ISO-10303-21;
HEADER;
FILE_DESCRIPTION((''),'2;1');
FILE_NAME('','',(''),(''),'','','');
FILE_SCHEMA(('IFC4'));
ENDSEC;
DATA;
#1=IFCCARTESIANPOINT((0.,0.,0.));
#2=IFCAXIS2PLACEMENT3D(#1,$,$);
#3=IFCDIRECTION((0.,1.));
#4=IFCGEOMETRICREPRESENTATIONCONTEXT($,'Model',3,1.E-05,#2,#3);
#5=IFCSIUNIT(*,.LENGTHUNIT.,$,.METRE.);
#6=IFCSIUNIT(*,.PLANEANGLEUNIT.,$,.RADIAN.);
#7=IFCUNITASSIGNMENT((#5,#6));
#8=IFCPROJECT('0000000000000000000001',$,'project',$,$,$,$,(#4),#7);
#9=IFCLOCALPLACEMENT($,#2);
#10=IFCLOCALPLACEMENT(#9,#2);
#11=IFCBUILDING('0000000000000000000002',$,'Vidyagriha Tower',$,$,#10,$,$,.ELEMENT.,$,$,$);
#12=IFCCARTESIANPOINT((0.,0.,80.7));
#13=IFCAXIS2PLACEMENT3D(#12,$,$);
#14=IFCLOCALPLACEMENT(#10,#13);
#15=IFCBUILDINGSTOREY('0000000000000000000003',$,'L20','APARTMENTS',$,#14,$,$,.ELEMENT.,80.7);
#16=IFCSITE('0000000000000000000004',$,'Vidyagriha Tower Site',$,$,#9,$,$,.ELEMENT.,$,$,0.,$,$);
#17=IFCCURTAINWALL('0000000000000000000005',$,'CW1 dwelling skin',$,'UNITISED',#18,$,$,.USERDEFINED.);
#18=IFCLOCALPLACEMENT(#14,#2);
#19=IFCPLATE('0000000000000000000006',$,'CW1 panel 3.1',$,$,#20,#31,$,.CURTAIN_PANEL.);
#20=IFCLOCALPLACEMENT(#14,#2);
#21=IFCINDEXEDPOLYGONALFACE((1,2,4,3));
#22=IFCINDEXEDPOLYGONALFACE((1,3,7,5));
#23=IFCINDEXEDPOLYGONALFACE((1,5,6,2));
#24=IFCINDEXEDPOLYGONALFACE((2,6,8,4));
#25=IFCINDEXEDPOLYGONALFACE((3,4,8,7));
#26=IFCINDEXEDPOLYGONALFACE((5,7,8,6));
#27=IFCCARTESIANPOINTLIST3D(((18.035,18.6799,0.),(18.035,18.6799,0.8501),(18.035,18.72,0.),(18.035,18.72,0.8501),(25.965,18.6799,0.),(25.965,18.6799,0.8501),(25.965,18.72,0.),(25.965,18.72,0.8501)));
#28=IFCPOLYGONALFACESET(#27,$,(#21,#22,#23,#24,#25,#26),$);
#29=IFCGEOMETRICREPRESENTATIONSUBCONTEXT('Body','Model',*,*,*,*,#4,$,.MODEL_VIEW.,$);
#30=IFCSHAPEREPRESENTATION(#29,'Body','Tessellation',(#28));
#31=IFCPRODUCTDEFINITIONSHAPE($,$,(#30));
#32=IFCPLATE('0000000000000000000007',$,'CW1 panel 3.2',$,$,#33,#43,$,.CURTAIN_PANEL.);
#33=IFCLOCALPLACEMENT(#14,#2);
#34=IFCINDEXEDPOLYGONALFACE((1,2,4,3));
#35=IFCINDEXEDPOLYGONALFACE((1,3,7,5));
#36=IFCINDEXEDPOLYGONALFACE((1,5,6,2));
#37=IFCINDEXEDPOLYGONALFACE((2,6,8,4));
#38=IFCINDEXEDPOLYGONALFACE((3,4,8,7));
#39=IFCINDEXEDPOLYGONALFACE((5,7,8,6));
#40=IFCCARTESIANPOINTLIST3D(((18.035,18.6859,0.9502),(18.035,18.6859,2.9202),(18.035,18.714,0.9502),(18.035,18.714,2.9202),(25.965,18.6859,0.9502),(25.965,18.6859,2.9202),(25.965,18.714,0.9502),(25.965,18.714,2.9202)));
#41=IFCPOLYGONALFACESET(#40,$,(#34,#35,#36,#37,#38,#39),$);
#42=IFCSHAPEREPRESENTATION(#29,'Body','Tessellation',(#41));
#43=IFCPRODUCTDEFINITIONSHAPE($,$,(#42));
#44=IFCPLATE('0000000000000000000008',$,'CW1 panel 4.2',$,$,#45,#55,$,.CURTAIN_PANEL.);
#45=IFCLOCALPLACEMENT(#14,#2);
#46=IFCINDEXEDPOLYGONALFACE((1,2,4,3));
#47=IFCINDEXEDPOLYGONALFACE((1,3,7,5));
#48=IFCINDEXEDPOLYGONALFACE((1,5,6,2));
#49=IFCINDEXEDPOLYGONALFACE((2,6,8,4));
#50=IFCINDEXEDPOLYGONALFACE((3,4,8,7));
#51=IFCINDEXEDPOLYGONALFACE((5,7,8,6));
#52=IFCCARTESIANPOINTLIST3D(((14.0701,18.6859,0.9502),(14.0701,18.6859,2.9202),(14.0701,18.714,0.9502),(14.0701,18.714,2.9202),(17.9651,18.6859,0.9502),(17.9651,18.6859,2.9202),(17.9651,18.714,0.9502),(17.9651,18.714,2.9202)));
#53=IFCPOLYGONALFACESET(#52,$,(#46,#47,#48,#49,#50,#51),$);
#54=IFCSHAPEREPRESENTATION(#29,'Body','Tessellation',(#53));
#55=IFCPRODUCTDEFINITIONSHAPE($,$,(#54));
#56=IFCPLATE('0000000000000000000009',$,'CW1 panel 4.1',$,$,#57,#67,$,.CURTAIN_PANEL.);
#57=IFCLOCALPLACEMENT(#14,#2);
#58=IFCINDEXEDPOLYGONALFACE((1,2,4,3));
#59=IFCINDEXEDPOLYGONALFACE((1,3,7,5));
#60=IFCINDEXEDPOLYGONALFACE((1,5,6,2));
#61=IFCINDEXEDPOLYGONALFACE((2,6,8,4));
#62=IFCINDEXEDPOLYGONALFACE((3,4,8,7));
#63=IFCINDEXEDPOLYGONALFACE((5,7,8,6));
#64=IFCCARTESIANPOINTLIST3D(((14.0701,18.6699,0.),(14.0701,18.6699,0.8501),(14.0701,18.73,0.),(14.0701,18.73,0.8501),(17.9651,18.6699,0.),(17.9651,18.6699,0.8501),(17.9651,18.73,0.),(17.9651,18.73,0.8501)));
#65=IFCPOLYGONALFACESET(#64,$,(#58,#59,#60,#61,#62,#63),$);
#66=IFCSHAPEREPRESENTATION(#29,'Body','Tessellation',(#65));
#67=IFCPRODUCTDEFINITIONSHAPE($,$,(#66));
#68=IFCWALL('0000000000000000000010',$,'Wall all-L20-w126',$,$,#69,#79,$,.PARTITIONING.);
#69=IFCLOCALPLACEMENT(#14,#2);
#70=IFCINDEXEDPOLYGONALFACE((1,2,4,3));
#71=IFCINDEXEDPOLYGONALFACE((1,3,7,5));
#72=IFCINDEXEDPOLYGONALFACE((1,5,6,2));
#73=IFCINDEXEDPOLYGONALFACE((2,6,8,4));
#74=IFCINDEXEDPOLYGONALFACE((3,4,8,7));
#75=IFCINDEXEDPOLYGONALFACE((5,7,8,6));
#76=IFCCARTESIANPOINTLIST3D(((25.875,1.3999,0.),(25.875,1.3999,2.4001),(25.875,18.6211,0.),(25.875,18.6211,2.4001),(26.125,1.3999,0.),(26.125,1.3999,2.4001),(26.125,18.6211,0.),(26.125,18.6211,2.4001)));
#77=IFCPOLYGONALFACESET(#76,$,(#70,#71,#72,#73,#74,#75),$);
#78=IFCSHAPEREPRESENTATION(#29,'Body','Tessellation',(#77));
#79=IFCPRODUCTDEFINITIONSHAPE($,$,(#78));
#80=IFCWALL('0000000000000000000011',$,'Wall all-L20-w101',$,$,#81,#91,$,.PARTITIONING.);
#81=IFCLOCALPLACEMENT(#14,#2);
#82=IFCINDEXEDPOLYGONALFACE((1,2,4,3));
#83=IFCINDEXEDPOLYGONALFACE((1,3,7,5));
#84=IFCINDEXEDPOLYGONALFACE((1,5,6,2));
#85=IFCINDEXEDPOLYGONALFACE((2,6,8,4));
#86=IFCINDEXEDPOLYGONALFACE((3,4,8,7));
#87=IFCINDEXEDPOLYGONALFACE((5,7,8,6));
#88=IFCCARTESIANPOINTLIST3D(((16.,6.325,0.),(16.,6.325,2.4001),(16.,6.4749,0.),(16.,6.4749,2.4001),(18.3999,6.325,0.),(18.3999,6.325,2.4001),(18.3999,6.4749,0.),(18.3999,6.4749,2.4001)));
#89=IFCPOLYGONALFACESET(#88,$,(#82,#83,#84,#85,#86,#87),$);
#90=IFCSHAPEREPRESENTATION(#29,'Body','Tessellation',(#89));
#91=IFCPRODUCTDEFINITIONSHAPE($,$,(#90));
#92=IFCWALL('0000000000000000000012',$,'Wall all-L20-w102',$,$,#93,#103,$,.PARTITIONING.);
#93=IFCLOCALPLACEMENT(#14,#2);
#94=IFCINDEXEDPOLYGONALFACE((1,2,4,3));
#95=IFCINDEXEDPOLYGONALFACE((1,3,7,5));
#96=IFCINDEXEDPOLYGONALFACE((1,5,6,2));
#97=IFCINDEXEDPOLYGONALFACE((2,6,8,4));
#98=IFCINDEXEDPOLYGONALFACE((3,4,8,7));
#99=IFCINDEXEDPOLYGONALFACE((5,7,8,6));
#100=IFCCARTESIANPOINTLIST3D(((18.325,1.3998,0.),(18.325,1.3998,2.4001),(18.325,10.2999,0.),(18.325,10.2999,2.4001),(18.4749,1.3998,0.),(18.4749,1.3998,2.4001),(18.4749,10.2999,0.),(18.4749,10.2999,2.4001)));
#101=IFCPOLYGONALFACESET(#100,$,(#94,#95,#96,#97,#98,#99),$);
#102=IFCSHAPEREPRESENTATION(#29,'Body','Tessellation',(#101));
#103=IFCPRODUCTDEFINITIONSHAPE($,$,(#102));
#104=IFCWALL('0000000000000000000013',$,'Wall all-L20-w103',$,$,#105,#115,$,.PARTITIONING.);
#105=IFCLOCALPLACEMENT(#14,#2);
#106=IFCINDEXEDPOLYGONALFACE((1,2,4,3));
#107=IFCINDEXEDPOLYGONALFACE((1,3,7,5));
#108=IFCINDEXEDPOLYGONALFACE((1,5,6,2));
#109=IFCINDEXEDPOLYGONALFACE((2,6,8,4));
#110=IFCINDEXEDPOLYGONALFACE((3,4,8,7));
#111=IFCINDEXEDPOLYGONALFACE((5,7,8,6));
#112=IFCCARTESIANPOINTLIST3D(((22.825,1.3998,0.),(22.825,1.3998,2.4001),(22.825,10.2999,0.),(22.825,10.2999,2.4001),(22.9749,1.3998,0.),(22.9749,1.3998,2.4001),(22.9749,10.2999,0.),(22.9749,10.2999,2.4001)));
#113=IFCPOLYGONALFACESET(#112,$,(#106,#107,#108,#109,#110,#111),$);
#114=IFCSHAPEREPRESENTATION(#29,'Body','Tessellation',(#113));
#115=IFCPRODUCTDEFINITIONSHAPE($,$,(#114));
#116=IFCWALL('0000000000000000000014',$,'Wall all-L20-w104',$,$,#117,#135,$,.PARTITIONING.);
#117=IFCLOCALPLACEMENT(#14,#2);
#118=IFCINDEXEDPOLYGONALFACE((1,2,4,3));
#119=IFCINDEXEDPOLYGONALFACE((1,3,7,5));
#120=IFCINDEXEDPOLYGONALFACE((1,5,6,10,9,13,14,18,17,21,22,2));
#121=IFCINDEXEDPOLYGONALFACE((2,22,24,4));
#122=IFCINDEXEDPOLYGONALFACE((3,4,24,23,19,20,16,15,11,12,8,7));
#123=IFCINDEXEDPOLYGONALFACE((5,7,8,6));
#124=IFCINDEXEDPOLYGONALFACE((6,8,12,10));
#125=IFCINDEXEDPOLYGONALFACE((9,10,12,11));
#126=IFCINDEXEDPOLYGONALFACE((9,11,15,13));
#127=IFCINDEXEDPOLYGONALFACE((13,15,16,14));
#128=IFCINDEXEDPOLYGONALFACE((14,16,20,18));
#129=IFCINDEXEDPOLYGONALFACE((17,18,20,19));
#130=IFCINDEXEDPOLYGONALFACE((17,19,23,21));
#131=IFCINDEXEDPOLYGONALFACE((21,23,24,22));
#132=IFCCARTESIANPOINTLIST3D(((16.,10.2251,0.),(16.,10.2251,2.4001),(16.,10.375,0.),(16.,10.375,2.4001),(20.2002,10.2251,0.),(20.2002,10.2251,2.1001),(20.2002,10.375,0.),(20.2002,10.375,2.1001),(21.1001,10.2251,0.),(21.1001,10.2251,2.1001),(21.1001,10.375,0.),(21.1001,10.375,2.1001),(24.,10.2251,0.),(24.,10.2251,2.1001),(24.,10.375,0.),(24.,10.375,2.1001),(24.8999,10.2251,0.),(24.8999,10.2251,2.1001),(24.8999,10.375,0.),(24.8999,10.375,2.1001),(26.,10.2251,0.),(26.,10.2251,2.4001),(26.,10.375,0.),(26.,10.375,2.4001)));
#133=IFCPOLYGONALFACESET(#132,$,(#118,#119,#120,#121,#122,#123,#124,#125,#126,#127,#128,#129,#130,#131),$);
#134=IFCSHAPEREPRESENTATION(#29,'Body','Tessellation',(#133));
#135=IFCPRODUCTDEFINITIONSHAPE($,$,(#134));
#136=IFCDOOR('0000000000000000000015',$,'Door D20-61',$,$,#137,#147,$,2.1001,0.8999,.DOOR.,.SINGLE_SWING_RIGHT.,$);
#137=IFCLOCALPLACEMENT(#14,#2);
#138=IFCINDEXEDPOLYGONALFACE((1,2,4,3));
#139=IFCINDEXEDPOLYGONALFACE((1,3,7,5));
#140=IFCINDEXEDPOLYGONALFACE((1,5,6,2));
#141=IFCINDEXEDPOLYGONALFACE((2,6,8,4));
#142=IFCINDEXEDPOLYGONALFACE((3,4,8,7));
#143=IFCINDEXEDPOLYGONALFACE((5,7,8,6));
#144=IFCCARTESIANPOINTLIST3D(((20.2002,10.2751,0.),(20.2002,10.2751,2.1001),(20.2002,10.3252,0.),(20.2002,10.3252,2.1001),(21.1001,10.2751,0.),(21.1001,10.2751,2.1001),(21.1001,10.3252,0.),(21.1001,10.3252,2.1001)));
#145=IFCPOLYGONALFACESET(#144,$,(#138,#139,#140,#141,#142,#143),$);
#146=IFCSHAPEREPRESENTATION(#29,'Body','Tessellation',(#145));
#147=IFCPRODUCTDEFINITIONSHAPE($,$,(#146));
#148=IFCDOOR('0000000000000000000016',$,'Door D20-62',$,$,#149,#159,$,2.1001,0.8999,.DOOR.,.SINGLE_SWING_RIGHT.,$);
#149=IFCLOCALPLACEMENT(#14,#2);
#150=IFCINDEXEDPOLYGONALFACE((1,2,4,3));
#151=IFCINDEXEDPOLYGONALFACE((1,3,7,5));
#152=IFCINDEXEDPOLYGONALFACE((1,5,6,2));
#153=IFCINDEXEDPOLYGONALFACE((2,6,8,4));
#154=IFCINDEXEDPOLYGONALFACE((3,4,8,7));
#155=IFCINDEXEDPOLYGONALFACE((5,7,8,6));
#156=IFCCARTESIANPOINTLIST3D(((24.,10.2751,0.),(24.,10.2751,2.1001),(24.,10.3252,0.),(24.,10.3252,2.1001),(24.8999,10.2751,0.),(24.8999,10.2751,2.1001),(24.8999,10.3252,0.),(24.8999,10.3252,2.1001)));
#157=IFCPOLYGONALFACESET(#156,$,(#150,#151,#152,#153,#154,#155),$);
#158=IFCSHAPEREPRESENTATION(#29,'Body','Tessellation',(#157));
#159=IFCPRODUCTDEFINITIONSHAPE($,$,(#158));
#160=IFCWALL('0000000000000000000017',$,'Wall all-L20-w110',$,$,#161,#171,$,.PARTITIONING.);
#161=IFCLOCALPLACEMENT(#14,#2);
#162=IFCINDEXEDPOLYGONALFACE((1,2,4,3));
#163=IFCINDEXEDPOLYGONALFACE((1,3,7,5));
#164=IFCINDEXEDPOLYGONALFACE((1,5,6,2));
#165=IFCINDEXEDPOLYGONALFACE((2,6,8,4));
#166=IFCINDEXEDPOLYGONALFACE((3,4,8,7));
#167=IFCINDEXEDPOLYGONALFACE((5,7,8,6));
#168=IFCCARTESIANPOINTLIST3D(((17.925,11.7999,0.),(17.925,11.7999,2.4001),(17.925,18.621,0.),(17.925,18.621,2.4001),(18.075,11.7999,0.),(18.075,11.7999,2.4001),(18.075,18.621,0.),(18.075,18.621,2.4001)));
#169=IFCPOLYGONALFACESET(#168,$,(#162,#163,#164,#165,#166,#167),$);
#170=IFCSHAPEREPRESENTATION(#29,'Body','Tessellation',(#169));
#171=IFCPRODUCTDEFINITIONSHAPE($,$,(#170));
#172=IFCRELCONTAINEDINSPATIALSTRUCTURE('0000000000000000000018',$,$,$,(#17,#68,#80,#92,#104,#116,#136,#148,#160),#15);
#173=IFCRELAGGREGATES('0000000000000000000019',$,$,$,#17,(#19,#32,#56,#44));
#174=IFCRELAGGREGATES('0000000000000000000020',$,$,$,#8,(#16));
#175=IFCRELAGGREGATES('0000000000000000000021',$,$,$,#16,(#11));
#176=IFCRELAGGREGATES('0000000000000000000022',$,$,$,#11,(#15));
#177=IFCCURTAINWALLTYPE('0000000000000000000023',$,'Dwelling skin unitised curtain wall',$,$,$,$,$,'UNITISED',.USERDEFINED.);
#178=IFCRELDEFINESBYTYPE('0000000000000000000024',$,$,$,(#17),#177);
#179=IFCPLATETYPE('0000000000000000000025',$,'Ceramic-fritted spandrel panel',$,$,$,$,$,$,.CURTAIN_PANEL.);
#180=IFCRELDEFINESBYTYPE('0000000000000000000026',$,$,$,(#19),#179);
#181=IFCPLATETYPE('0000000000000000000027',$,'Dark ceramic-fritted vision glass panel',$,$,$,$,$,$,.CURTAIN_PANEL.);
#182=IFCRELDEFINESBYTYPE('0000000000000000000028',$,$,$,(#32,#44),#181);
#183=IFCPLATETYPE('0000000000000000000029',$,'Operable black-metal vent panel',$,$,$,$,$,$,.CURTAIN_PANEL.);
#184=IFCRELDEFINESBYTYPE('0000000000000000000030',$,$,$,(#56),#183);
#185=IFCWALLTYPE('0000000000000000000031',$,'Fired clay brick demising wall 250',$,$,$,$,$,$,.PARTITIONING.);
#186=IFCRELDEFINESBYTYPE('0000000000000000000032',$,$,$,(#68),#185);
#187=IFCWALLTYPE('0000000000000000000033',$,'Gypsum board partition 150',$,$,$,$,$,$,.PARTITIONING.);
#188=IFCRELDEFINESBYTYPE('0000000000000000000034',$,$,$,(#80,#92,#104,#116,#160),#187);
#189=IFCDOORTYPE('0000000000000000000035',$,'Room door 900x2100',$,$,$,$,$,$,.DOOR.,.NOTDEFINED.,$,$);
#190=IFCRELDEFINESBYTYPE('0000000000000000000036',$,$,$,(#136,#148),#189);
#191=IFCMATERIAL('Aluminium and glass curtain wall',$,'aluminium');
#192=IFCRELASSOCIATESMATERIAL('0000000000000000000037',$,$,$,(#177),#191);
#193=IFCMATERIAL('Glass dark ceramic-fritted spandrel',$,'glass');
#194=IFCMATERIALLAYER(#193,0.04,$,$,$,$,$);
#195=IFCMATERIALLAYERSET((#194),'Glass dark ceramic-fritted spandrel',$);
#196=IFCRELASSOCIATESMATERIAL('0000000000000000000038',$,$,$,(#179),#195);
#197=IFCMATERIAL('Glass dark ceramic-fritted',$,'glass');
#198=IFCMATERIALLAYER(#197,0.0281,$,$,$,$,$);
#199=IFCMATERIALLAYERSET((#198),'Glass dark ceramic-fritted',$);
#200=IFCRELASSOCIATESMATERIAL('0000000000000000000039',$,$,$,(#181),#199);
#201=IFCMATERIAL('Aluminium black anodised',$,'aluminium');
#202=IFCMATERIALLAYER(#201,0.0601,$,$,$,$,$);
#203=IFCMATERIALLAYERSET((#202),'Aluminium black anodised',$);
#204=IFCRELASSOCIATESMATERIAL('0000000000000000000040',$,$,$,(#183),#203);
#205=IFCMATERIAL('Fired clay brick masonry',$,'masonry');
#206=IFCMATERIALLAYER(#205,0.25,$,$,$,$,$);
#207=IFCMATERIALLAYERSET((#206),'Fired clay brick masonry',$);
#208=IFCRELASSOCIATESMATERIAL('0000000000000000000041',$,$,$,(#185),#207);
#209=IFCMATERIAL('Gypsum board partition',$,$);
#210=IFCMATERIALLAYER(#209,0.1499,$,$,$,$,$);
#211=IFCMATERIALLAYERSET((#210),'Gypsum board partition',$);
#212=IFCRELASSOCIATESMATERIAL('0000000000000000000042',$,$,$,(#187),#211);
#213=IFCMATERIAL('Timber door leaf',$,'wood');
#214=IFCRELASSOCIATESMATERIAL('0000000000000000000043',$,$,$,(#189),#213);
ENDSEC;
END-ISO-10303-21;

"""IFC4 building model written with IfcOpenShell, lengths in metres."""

from ifc_helpers import new_model, si_unit, direction, frame, frame_2d, origin, origin_2d, place, context, subcontext, project, spatial, rectangle, extrude, material, layer, layer_set, type_object, element, fill, aggregate, save


model = new_model("IFC4")

# Units and contexts
model_context = context("Model", 3, precision=1e-05, world=origin(), true_north=direction((0.0, 1.0)))
body_context = subcontext(model_context, "Body", "Model", "MODEL_VIEW")
ifc_project = project(units=[si_unit("LENGTHUNIT", "METRE"), si_unit("PLANEANGLEUNIT", "RADIAN")], contexts=[model_context])

# Site, building, storey
site_placement = place(None, origin())
site = spatial("IfcSite", under=ifc_project, at=site_placement, Name="Vidyagriha Tower Site", CompositionType="ELEMENT", RefElevation=0.0)
building_placement = place(site_placement, origin())
building = spatial("IfcBuilding", under=site, at=building_placement, Name="Vidyagriha Tower", CompositionType="ELEMENT")
storey_placement = place(building_placement, frame((0.0, 0.0, 80.7)))
storey = spatial("IfcBuildingStorey", under=building, at=storey_placement, Name="L20", Description="APARTMENTS", CompositionType="ELEMENT", Elevation=80.7)

# Curtain wall, plates
ifc_material_1 = material(Name="Aluminium and glass curtain wall", Category="aluminium")
curtain_wall_type = type_object("IfcCurtainWallType", Name="Dwelling skin unitised curtain wall", ElementType="UNITISED", PredefinedType="USERDEFINED", material=ifc_material_1)
curtain_wall_placement = place(storey_placement, origin())
curtain_wall = element("IfcCurtainWall", 1, at=curtain_wall_placement, inside=storey, type_object=curtain_wall_type, Name="CW1 dwelling skin", ObjectType="UNITISED", PredefinedType="USERDEFINED")
ifc_material_2 = material(Name="Glass dark ceramic-fritted spandrel", Category="glass")
ifc_layer_1 = layer(ifc_material_2, 0.04)
ifc_layer_set_1 = layer_set([ifc_layer_1], Name="Glass dark ceramic-fritted spandrel")
plate_type_1 = type_object("IfcPlateType", Name="Ceramic-fritted spandrel panel", PredefinedType="CURTAIN_PANEL", material=ifc_layer_set_1)
plate_1_placement = place(storey_placement, frame((22.0, 18.7, 0.0), z_axis=(0.0, 0.0, 1.0), x_axis=(-1.0, 0.0, 0.0)))
plate_1 = element("IfcPlate", 2, at=plate_1_placement, type_object=plate_type_1, Name="CW1 panel 3.1", PredefinedType="CURTAIN_PANEL", context=body_context, shape_type="SweptSolid", body=[
    extrude(rectangle(XDim=7.9299, YDim=0.04, at=origin_2d()), origin(), (0.0, 0.0, 1.0), 0.8501),
])
ifc_material_3 = material(Name="Glass dark ceramic-fritted", Category="glass")
ifc_layer_2 = layer(ifc_material_3, 0.0281)
ifc_layer_set_2 = layer_set([ifc_layer_2], Name="Glass dark ceramic-fritted")
plate_type_2 = type_object("IfcPlateType", Name="Dark ceramic-fritted vision glass panel", PredefinedType="CURTAIN_PANEL", material=ifc_layer_set_2)
plate_2_placement = place(storey_placement, frame((22.0, 18.7, 0.9502), z_axis=(0.0, 0.0, 1.0), x_axis=(-1.0, 0.0, 0.0)))
plate_2 = element("IfcPlate", 3, at=plate_2_placement, type_object=plate_type_2, Name="CW1 panel 3.2", PredefinedType="CURTAIN_PANEL", context=body_context, shape_type="SweptSolid", body=[
    extrude(rectangle(XDim=7.9299, YDim=0.0281, at=origin_2d()), origin(), (0.0, 0.0, 1.0), 1.97),
])
plate_3_placement = place(storey_placement, frame((16.0176, 18.7, 0.9502), z_axis=(0.0, 0.0, 1.0), x_axis=(-1.0, 0.0, 0.0)))
plate_3 = element("IfcPlate", 4, at=plate_3_placement, type_object=plate_type_2, Name="CW1 panel 4.2", PredefinedType="CURTAIN_PANEL", context=body_context, shape_type="SweptSolid", body=[
    extrude(rectangle(XDim=3.895, YDim=0.0281, at=origin_2d()), origin(), (0.0, 0.0, 1.0), 1.97),
])
ifc_material_4 = material(Name="Aluminium black anodised", Category="aluminium")
ifc_layer_3 = layer(ifc_material_4, 0.0601)
ifc_layer_set_3 = layer_set([ifc_layer_3], Name="Aluminium black anodised")
plate_type_3 = type_object("IfcPlateType", Name="Operable black-metal vent panel", PredefinedType="CURTAIN_PANEL", material=ifc_layer_set_3)
plate_4_placement = place(storey_placement, frame((16.0176, 18.7, 0.0), z_axis=(0.0, 0.0, 1.0), x_axis=(-1.0, 0.0, 0.0)))
plate_4 = element("IfcPlate", 5, at=plate_4_placement, type_object=plate_type_3, Name="CW1 panel 4.1", PredefinedType="CURTAIN_PANEL", context=body_context, shape_type="SweptSolid", body=[
    extrude(rectangle(XDim=3.895, YDim=0.0601, at=origin_2d()), origin(), (0.0, 0.0, 1.0), 0.8501),
])
aggregate(curtain_wall, [plate_1, plate_2, plate_4, plate_3])

# Walls
ifc_material_5 = material(Name="Fired clay brick masonry", Category="masonry")
ifc_layer_4 = layer(ifc_material_5, 0.25)
ifc_layer_set_4 = layer_set([ifc_layer_4], Name="Fired clay brick masonry")
wall_type_1 = type_object("IfcWallType", Name="Fired clay brick demising wall 250", PredefinedType="PARTITIONING", material=ifc_layer_set_4)
wall_1_placement = place(storey_placement, frame((26.0, 18.6211, 0.0), z_axis=(0.0, 0.0, 1.0), x_axis=(0.0, -1.0, 0.0)))
element("IfcWall", 6, at=wall_1_placement, inside=storey, type_object=wall_type_1, Name="Wall all-L20-w126", PredefinedType="PARTITIONING", context=body_context, shape_type="SweptSolid", body=[
    extrude(rectangle(XDim=17.2212, YDim=0.25, at=frame_2d((8.6106, 0.0))), origin(), (0.0, 0.0, 1.0), 2.4001),
])
ifc_material_6 = material(Name="Gypsum board partition")
ifc_layer_5 = layer(ifc_material_6, 0.1499)
ifc_layer_set_5 = layer_set([ifc_layer_5], Name="Gypsum board partition")
wall_type_2 = type_object("IfcWallType", Name="Gypsum board partition 150", PredefinedType="PARTITIONING", material=ifc_layer_set_5)
wall_2_placement = place(storey_placement, frame((16.0, 6.3999, 0.0)))
element("IfcWall", 7, at=wall_2_placement, inside=storey, type_object=wall_type_2, Name="Wall all-L20-w101", PredefinedType="PARTITIONING", context=body_context, shape_type="SweptSolid", body=[
    extrude(rectangle(XDim=2.3999, YDim=0.1499, at=frame_2d((1.2, 0.0))), origin(), (0.0, 0.0, 1.0), 2.4001),
])
for number, where, z_axis, x_axis, name in (
    (8, (18.3999, 10.3, 0.0), (0.0, 0.0, 1.0), (0.0, -1.0, 0.0), "Wall all-L20-w102"),
    (9, (22.8999, 10.3, 0.0), (0.0, 0.0, 1.0), (0.0, -1.0, 0.0), "Wall all-L20-w103"),
):
    element("IfcWall", number, at=place(storey_placement, frame(where, z_axis=z_axis, x_axis=x_axis)), inside=storey, type_object=wall_type_2, Name=name, PredefinedType="PARTITIONING", context=body_context, shape_type="SweptSolid", body=[
        extrude(rectangle(XDim=8.9001, YDim=0.1499, at=frame_2d((4.4502, 0.0))), origin(), (0.0, 0.0, 1.0), 2.4001),
    ])

# Wall, openings, doors
wall_3_placement = place(storey_placement, frame((26.0, 10.3, 0.0), z_axis=(0.0, 0.0, 1.0), x_axis=(-1.0, 0.0, 0.0)))
wall_3 = element("IfcWall", 10, at=wall_3_placement, inside=storey, type_object=wall_type_2, Name="Wall all-L20-w104", PredefinedType="PARTITIONING", context=body_context, shape_type="SweptSolid", body=[
    extrude(rectangle(XDim=10.0, YDim=0.1499, at=frame_2d((5.0, 0.0))), origin(), (0.0, 0.0, 1.0), 2.4001),
])
opening_1_placement = place(wall_3_placement, frame((4.8999, 0.0, 0.0)))
opening_1 = element("IfcOpeningElement", 11, at=opening_1_placement, cuts=wall_3, PredefinedType="OPENING", context=body_context, shape_type="SweptSolid", body=[
    extrude(rectangle(XDim=0.8999, YDim=2.1001, at=frame_2d((0.45, 1.05))), frame((0.0, 0.085, 0.0), z_axis=(0.0, -1.0, 0.0), x_axis=(1.0, 0.0, 0.0)), (0.0, 0.0, 1.0), 0.1699),
])
opening_2_placement = place(wall_3_placement, frame((1.1001, 0.0, 0.0)))
opening_2 = element("IfcOpeningElement", 12, at=opening_2_placement, cuts=wall_3, PredefinedType="OPENING", context=body_context, shape_type="SweptSolid", body=[
    extrude(rectangle(XDim=0.8999, YDim=2.1001, at=frame_2d((0.45, 1.05))), frame((0.0, 0.085, 0.0), z_axis=(0.0, -1.0, 0.0), x_axis=(1.0, 0.0, 0.0)), (0.0, 0.0, 1.0), 0.1699),
])
ifc_material_7 = material(Name="Timber door leaf", Category="wood")
door_type_1 = type_object("IfcDoorType", Name="Room door 900x2100", OperationType="NOTDEFINED", PredefinedType="DOOR", material=ifc_material_7)
door_1_placement = place(opening_1_placement, origin())
door_1 = element("IfcDoor", 13, at=door_1_placement, inside=storey, type_object=door_type_1, Name="Door D20-61", OperationType="SINGLE_SWING_RIGHT", OverallHeight=2.1001, OverallWidth=0.8999, PredefinedType="DOOR", context=body_context, shape_type="SweptSolid", body=[
    extrude(rectangle(XDim=0.8999, YDim=2.1001, at=frame_2d((0.45, 1.05))), frame((0.0, 0.0249, 0.0), z_axis=(0.0, -1.0, 0.0), x_axis=(1.0, 0.0, 0.0)), (0.0, 0.0, 1.0), 0.05),
])
fill(opening_1, door_1)
door_2_placement = place(opening_2_placement, origin())
door_2 = element("IfcDoor", 14, at=door_2_placement, inside=storey, type_object=door_type_1, Name="Door D20-62", OperationType="SINGLE_SWING_RIGHT", OverallHeight=2.1001, OverallWidth=0.8999, PredefinedType="DOOR", context=body_context, shape_type="SweptSolid", body=[
    extrude(rectangle(XDim=0.8999, YDim=2.1001, at=frame_2d((0.45, 1.05))), frame((0.0, 0.0249, 0.0), z_axis=(0.0, -1.0, 0.0), x_axis=(1.0, 0.0, 0.0)), (0.0, 0.0, 1.0), 0.05),
])
fill(opening_2, door_2)

# Wall
wall_4_placement = place(storey_placement, frame((18.0, 18.6211, 0.0), z_axis=(0.0, 0.0, 1.0), x_axis=(0.0, -1.0, 0.0)))
element("IfcWall", 15, at=wall_4_placement, inside=storey, type_object=wall_type_2, Name="Wall all-L20-w110", PredefinedType="PARTITIONING", context=body_context, shape_type="SweptSolid", body=[
    extrude(rectangle(XDim=6.821, YDim=0.1499, at=frame_2d((3.4106, 0.0))), origin(), (0.0, 0.0, 1.0), 2.4001),
])

save(model, "model.ifc")
